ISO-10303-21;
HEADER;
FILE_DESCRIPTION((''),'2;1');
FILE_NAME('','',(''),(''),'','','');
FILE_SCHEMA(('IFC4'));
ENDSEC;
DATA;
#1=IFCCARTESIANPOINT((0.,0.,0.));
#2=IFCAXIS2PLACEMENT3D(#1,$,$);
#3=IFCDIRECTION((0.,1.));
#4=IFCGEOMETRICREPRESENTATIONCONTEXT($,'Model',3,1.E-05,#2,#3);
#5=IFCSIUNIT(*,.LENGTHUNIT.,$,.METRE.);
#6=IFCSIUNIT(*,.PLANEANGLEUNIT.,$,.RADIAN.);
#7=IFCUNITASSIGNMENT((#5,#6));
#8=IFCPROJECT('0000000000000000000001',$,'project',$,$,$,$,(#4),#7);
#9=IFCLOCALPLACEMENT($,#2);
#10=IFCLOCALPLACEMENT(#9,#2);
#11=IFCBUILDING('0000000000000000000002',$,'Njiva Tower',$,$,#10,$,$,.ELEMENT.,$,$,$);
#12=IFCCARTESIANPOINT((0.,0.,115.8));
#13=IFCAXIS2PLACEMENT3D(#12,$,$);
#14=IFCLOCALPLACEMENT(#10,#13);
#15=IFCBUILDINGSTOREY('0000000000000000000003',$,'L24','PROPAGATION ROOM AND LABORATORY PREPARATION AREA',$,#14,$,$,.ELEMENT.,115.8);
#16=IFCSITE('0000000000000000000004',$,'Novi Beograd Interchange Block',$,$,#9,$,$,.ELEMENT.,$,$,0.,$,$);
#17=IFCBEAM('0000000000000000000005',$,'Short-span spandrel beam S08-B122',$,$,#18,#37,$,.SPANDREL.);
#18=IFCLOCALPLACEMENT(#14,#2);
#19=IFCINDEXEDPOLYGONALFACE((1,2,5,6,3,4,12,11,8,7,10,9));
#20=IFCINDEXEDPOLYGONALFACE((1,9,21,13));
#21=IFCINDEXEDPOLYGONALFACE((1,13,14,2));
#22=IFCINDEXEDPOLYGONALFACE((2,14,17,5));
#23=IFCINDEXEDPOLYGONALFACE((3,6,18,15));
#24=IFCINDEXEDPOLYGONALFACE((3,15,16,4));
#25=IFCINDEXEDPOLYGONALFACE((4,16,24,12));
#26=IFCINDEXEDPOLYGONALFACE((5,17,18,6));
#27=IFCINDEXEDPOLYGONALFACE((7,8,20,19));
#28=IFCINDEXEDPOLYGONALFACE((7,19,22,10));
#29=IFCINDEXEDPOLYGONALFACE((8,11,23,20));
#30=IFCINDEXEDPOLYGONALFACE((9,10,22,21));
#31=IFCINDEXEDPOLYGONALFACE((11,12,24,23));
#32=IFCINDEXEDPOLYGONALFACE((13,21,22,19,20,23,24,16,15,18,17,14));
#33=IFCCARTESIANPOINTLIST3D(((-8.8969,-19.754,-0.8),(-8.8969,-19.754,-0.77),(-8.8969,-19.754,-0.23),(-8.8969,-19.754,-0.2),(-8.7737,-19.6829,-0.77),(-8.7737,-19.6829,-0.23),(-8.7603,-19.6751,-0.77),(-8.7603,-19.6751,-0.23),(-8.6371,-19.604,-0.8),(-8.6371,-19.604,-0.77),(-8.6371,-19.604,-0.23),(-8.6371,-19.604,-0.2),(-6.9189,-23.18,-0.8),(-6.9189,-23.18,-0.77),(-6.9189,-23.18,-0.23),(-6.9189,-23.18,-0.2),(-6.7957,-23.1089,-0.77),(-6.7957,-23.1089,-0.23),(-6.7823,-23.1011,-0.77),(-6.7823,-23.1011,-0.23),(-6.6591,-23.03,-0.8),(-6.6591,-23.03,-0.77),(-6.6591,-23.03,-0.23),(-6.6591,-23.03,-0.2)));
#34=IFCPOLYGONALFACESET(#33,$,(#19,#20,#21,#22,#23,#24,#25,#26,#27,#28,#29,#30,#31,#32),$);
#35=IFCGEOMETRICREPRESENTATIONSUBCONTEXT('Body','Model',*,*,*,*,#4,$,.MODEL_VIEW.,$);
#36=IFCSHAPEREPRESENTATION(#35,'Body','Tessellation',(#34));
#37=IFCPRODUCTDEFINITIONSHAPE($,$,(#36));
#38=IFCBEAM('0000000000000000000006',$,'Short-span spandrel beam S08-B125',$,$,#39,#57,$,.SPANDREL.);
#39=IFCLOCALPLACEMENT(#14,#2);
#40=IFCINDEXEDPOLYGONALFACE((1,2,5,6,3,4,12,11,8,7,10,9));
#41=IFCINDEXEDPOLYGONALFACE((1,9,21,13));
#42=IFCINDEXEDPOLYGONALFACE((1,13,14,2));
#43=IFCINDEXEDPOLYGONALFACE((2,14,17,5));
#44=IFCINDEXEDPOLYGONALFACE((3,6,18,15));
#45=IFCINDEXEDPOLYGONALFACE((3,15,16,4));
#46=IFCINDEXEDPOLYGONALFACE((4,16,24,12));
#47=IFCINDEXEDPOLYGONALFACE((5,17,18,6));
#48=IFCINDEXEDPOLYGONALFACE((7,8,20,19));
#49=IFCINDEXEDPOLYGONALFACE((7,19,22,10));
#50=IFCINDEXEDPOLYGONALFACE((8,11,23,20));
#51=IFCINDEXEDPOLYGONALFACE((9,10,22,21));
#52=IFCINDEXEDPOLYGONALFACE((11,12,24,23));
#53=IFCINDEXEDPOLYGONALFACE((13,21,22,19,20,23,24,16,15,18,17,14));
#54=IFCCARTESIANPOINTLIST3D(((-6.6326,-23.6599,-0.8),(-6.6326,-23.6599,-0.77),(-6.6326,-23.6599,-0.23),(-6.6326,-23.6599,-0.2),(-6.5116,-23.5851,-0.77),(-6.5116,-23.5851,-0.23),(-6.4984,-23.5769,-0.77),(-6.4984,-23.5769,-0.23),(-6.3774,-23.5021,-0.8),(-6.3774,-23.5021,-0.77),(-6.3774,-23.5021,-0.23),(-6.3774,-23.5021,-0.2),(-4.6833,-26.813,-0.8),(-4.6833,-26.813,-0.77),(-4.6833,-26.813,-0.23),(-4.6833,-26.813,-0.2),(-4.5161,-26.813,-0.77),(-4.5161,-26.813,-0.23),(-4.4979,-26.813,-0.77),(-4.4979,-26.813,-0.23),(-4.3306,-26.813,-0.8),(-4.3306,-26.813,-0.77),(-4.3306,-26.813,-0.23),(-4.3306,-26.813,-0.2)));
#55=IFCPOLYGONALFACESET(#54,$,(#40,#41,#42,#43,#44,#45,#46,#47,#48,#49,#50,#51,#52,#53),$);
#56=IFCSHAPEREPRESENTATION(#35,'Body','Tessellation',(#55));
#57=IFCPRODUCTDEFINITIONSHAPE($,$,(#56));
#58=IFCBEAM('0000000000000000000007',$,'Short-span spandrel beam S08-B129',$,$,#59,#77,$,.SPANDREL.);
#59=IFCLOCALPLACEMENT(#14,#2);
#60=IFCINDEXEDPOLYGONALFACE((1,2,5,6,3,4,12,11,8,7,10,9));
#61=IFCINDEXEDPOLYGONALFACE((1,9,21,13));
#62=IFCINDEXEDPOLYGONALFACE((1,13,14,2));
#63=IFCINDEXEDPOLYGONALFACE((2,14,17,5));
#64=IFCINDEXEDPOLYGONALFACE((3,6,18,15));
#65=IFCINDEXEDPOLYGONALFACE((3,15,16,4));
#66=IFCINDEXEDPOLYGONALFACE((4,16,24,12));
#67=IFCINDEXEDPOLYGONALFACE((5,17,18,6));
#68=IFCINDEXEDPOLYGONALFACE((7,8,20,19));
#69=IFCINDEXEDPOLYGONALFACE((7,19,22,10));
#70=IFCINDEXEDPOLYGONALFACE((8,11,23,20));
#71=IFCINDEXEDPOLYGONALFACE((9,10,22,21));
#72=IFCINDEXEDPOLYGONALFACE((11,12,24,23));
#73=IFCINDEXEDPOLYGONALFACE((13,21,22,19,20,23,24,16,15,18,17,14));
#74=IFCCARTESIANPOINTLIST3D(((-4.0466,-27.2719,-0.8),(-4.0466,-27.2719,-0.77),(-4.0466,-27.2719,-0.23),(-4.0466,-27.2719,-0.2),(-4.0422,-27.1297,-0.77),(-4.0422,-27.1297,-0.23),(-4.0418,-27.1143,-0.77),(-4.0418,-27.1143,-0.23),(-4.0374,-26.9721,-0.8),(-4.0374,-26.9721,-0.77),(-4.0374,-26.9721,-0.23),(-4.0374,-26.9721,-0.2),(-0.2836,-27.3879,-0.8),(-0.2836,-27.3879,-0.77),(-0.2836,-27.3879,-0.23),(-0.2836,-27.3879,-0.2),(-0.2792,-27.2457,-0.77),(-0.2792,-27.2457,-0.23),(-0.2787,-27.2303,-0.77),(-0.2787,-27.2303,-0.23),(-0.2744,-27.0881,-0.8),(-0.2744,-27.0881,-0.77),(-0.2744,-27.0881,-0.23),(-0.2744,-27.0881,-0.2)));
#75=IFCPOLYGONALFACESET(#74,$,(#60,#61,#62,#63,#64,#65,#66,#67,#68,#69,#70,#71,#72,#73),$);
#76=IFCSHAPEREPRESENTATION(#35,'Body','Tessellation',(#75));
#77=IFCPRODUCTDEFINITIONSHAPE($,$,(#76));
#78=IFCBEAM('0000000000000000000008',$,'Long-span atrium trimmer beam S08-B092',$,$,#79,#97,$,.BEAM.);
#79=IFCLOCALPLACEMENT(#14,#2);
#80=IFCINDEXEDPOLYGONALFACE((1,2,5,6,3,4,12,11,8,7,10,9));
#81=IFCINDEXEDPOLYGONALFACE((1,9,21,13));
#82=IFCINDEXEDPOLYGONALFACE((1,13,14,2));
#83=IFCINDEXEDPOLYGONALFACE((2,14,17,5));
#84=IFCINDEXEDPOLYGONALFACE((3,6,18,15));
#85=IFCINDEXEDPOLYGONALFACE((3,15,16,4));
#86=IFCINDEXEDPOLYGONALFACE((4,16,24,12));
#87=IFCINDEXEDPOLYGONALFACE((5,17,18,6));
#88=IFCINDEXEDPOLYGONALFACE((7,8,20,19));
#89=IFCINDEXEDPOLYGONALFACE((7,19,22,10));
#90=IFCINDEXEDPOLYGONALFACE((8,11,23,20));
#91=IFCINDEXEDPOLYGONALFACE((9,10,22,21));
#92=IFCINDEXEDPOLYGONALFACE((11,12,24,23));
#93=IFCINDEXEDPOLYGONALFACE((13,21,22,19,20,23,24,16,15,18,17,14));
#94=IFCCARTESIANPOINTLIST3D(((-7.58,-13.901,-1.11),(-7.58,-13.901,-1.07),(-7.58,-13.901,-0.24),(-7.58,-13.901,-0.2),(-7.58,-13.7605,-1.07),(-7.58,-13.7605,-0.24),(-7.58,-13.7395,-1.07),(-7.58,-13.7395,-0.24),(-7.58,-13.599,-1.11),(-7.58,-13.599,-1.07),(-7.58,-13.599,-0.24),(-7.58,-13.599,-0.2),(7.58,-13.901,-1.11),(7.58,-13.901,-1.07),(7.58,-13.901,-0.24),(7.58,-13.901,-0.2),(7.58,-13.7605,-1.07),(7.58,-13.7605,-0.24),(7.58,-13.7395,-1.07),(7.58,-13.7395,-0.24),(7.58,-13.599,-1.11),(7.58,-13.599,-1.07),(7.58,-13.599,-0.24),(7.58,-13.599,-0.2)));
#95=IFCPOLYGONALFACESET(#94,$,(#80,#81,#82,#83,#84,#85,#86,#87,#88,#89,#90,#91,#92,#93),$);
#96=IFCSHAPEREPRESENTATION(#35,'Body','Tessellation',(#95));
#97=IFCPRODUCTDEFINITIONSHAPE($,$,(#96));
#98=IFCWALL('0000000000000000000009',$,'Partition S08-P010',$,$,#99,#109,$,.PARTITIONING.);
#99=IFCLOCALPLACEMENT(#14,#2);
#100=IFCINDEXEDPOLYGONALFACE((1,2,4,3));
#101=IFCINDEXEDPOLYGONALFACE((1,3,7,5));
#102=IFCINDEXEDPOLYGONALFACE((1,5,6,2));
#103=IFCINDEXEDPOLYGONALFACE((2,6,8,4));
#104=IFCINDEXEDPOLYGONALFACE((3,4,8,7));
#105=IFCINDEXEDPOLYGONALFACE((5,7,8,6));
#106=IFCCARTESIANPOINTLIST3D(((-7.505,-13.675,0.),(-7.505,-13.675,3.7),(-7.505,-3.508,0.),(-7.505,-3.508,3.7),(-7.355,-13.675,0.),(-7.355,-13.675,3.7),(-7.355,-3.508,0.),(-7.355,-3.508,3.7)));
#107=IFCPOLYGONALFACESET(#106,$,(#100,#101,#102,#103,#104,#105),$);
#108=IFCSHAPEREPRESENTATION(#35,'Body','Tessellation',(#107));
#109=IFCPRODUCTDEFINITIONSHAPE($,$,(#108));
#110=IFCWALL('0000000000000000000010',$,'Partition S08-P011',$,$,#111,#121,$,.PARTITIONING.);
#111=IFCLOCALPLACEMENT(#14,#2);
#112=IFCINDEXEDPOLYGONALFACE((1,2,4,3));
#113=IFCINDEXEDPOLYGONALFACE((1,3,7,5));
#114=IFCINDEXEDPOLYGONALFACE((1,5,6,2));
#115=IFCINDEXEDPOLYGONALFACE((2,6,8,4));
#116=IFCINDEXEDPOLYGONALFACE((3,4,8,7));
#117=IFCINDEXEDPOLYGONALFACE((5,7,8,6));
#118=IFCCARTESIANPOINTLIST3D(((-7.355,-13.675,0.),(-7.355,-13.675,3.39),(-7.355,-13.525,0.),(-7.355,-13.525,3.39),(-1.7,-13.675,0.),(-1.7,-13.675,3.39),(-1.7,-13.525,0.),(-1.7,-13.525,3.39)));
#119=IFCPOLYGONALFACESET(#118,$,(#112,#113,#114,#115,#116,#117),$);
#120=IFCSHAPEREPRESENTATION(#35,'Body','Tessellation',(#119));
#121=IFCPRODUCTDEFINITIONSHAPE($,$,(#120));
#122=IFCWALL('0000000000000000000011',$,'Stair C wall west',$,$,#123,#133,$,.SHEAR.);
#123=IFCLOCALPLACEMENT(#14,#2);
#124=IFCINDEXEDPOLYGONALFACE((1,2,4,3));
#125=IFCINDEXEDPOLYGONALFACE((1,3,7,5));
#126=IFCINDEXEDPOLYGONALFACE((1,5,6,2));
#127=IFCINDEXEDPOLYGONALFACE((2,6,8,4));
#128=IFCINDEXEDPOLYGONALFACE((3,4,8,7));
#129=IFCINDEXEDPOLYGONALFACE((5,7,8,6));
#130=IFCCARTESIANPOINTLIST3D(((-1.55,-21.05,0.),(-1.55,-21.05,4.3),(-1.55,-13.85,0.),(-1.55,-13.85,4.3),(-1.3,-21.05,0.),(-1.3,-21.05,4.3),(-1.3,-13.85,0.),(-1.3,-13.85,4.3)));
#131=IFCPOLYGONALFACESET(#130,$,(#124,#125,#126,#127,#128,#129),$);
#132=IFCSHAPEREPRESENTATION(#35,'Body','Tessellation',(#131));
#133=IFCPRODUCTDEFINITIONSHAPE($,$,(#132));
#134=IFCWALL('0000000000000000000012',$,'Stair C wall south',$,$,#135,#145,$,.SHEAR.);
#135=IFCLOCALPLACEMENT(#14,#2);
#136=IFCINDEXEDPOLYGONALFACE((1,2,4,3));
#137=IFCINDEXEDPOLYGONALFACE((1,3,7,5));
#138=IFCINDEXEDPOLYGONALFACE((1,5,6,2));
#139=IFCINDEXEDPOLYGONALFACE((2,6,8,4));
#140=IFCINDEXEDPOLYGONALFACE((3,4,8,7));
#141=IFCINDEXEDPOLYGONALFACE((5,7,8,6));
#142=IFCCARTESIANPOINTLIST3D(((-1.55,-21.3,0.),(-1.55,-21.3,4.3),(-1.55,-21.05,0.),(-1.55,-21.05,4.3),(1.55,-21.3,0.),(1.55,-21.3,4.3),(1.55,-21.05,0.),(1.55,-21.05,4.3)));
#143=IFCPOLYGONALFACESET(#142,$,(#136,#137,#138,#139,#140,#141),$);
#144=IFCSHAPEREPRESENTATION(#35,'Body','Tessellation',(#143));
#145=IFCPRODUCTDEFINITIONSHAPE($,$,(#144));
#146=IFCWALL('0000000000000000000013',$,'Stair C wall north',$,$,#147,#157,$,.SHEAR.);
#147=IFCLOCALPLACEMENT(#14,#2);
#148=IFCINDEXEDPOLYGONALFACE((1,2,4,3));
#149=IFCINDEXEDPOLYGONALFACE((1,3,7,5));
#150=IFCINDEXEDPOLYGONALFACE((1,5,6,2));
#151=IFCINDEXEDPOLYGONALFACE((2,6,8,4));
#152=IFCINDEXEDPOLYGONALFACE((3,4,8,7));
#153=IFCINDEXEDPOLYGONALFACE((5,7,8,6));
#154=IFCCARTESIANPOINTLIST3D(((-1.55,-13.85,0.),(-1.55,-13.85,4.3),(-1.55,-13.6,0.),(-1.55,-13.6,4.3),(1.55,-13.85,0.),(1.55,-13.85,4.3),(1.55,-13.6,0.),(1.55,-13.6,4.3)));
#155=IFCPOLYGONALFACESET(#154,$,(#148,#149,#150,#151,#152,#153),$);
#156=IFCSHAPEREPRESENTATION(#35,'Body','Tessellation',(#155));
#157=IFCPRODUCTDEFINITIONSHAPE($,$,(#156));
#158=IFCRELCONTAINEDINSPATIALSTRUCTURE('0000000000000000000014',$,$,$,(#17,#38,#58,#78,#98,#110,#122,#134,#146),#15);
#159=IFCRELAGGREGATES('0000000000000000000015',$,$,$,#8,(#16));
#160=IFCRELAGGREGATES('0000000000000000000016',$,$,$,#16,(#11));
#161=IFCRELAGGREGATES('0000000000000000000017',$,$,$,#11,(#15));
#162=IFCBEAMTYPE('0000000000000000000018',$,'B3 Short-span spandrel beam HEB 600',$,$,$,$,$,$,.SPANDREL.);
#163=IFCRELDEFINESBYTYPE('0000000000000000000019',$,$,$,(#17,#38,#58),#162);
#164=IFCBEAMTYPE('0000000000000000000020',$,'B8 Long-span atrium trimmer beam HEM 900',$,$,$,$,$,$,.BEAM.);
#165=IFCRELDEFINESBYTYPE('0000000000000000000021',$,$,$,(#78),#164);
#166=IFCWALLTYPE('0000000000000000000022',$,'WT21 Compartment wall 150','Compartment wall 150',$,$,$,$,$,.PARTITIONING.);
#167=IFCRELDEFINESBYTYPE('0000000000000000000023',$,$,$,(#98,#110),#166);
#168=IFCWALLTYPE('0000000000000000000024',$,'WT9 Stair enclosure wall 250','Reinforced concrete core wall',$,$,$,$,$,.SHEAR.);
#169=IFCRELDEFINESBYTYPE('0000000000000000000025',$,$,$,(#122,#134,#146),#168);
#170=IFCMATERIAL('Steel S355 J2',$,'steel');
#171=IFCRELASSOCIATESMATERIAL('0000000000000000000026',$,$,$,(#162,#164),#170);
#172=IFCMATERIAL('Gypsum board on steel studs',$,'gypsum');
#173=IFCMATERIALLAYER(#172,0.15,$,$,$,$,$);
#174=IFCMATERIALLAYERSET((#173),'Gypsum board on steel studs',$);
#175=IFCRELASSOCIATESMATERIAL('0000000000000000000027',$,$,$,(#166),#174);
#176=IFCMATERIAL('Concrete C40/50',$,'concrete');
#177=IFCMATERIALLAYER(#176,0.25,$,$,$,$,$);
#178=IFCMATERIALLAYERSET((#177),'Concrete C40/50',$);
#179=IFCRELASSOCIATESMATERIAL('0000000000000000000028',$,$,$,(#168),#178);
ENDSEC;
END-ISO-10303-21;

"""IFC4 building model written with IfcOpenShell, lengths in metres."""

from ifc_helpers import new_model, si_unit, direction, frame, frame_2d, origin, origin_2d, place, context, subcontext, project, spatial, rectangle, i_section, extrude, clip, halfspace, material, layer, layer_set, material_profile, profile_set, type_object, element, save


model = new_model("IFC4")

# Units and contexts
model_context = context("Model", 3, precision=1e-05, world=origin(), true_north=direction((0.0, 1.0)))
body_context = subcontext(model_context, "Body", "Model", "MODEL_VIEW")
ifc_project = project(units=[si_unit("LENGTHUNIT", "METRE"), si_unit("PLANEANGLEUNIT", "RADIAN")], contexts=[model_context])

# Site, building, storey
site_placement = place(None, origin())
site = spatial("IfcSite", under=ifc_project, at=site_placement, Name="Novi Beograd Interchange Block", CompositionType="ELEMENT", RefElevation=0.0)
building_placement = place(site_placement, origin())
building = spatial("IfcBuilding", under=site, at=building_placement, Name="Njiva Tower", CompositionType="ELEMENT")
storey_placement = place(building_placement, frame((0.0, 0.0, 115.8)))
storey = spatial("IfcBuildingStorey", under=building, at=storey_placement, Name="L24", Description="PROPAGATION ROOM AND LABORATORY PREPARATION AREA", CompositionType="ELEMENT", Elevation=115.8)

# Shared definitions
ifc_material_1 = material(Name="Steel S355 J2", Category="steel")

# Beams
ifc_material_profile_1 = material_profile(ifc_material_1, i_section(OverallWidth=0.3, OverallDepth=0.6, WebThickness=0.0155, FlangeThickness=0.03, at=origin_2d()), Name="HEB 600")
ifc_profile_set_1 = profile_set([ifc_material_profile_1], Name="Steel S355 J2")
beam_type_1 = type_object("IfcBeamType", Name="B3 Short-span spandrel beam HEB 600", PredefinedType="SPANDREL", material=ifc_profile_set_1)
beam_1_placement = place(storey_placement, frame((-8.767, -19.679, -0.5), z_axis=(0.5, -0.866026, 0.0), x_axis=(0.866026, 0.5, 0.0)))
element("IfcBeam", 1, at=beam_1_placement, inside=storey, type_object=beam_type_1, Name="Short-span spandrel beam S08-B122", PredefinedType="SPANDREL", context=body_context, shape_type="SweptSolid", body=[
    extrude(i_section(OverallWidth=0.3, OverallDepth=0.6, WebThickness=0.0155, FlangeThickness=0.03, at=origin_2d()), origin(), (0.0, 0.0, 1.0), 3.956),
])
beam_2_placement = place(storey_placement, frame((-6.505, -23.581, -0.5), z_axis=(0.525829, -0.85059, 0.0), x_axis=(0.85059, 0.525829, 0.0)))
element("IfcBeam", 2, at=beam_2_placement, inside=storey, type_object=beam_type_1, Name="Short-span spandrel beam S08-B125", PredefinedType="SPANDREL", context=body_context, shape_type="Clipping", body=[
    clip(extrude(i_section(OverallWidth=0.3, OverallDepth=0.6, WebThickness=0.0155, FlangeThickness=0.03, at=origin_2d()), origin(), (0.0, 0.0, 1.0), 3.9127), halfspace(frame((-0.0261, 0.0, 3.7836), z_axis=(-0.525829, 0.0, 0.85059), x_axis=(0.0, 1.0, 0.0)), False)),
])
beam_3_placement = place(storey_placement, frame((-4.042, -27.122, -0.5), z_axis=(0.999525, -0.030812, 0.0), x_axis=(0.030812, 0.999525, 0.0)))
element("IfcBeam", 3, at=beam_3_placement, inside=storey, type_object=beam_type_1, Name="Short-span spandrel beam S08-B129", PredefinedType="SPANDREL", context=body_context, shape_type="SweptSolid", body=[
    extrude(i_section(OverallWidth=0.3, OverallDepth=0.6, WebThickness=0.0155, FlangeThickness=0.03, at=origin_2d()), origin(), (0.0, 0.0, 1.0), 3.7648),
])
ifc_material_profile_2 = material_profile(ifc_material_1, i_section(OverallWidth=0.302, OverallDepth=0.91, WebThickness=0.021, FlangeThickness=0.04, at=origin_2d()), Name="HEM 900")
ifc_profile_set_2 = profile_set([ifc_material_profile_2], Name="Steel S355 J2")
beam_type_2 = type_object("IfcBeamType", Name="B8 Long-span atrium trimmer beam HEM 900", PredefinedType="BEAM", material=ifc_profile_set_2)
beam_4_placement = place(storey_placement, frame((-7.58, -13.75, -0.655), z_axis=(1.0, 0.0, 0.0), x_axis=(0.0, 1.0, 0.0)))
element("IfcBeam", 4, at=beam_4_placement, inside=storey, type_object=beam_type_2, Name="Long-span atrium trimmer beam S08-B092", PredefinedType="BEAM", context=body_context, shape_type="SweptSolid", body=[
    extrude(i_section(OverallWidth=0.302, OverallDepth=0.91, WebThickness=0.021, FlangeThickness=0.04, at=origin_2d()), origin(), (0.0, 0.0, 1.0), 15.16),
])

# Walls
ifc_material_2 = material(Name="Gypsum board on steel studs", Category="gypsum")
ifc_layer_1 = layer(ifc_material_2, 0.15)
ifc_layer_set_1 = layer_set([ifc_layer_1], Name="Gypsum board on steel studs")
wall_type_1 = type_object("IfcWallType", Name="WT21 Compartment wall 150", Description="Compartment wall 150", PredefinedType="PARTITIONING", material=ifc_layer_set_1)
wall_1_placement = place(storey_placement, frame((-7.43, -13.675, 0.0), z_axis=(0.0, 0.0, 1.0), x_axis=(0.0, 1.0, 0.0)))
element("IfcWall", 5, at=wall_1_placement, inside=storey, type_object=wall_type_1, Name="Partition S08-P010", PredefinedType="PARTITIONING", context=body_context, shape_type="SweptSolid", body=[
    extrude(rectangle(XDim=10.167, YDim=0.15, at=frame_2d((5.0835, 0.0))), origin(), (0.0, 0.0, 1.0), 3.7),
])
wall_2_placement = place(storey_placement, frame((-7.355, -13.6, 0.0), z_axis=(0.0, 0.0, 1.0), x_axis=(1.0, 0.0, 0.0)))
element("IfcWall", 6, at=wall_2_placement, inside=storey, type_object=wall_type_1, Name="Partition S08-P011", PredefinedType="PARTITIONING", context=body_context, shape_type="SweptSolid", body=[
    extrude(rectangle(XDim=5.655, YDim=0.15, at=frame_2d((2.8275, 0.0))), origin(), (0.0, 0.0, 1.0), 3.39),
])
ifc_material_3 = material(Name="Concrete C40/50", Category="concrete")
ifc_layer_2 = layer(ifc_material_3, 0.25)
ifc_layer_set_2 = layer_set([ifc_layer_2], Name="Concrete C40/50")
wall_type_2 = type_object("IfcWallType", Name="WT9 Stair enclosure wall 250", Description="Reinforced concrete core wall", PredefinedType="SHEAR", material=ifc_layer_set_2)
wall_3_placement = place(storey_placement, frame((-1.425, -21.05, 0.0), z_axis=(0.0, 0.0, 1.0), x_axis=(0.0, 1.0, 0.0)))
element("IfcWall", 7, at=wall_3_placement, inside=storey, type_object=wall_type_2, Name="Stair C wall west", PredefinedType="SHEAR", context=body_context, shape_type="SweptSolid", body=[
    extrude(rectangle(XDim=7.2, YDim=0.25, at=frame_2d((3.6, 0.0))), origin(), (0.0, 0.0, 1.0), 4.3),
])
for number, where, z_axis, x_axis, name in (
    (8, (-1.55, -21.175, 0.0), (0.0, 0.0, 1.0), (1.0, 0.0, 0.0), "Stair C wall south"),
    (9, (-1.55, -13.725, 0.0), (0.0, 0.0, 1.0), (1.0, 0.0, 0.0), "Stair C wall north"),
):
    element("IfcWall", number, at=place(storey_placement, frame(where, z_axis=z_axis, x_axis=x_axis)), inside=storey, type_object=wall_type_2, Name=name, PredefinedType="SHEAR", context=body_context, shape_type="SweptSolid", body=[
        extrude(rectangle(XDim=3.1, YDim=0.25, at=frame_2d((1.55, 0.0))), origin(), (0.0, 0.0, 1.0), 4.3),
    ])

save(model, "model.ifc")
